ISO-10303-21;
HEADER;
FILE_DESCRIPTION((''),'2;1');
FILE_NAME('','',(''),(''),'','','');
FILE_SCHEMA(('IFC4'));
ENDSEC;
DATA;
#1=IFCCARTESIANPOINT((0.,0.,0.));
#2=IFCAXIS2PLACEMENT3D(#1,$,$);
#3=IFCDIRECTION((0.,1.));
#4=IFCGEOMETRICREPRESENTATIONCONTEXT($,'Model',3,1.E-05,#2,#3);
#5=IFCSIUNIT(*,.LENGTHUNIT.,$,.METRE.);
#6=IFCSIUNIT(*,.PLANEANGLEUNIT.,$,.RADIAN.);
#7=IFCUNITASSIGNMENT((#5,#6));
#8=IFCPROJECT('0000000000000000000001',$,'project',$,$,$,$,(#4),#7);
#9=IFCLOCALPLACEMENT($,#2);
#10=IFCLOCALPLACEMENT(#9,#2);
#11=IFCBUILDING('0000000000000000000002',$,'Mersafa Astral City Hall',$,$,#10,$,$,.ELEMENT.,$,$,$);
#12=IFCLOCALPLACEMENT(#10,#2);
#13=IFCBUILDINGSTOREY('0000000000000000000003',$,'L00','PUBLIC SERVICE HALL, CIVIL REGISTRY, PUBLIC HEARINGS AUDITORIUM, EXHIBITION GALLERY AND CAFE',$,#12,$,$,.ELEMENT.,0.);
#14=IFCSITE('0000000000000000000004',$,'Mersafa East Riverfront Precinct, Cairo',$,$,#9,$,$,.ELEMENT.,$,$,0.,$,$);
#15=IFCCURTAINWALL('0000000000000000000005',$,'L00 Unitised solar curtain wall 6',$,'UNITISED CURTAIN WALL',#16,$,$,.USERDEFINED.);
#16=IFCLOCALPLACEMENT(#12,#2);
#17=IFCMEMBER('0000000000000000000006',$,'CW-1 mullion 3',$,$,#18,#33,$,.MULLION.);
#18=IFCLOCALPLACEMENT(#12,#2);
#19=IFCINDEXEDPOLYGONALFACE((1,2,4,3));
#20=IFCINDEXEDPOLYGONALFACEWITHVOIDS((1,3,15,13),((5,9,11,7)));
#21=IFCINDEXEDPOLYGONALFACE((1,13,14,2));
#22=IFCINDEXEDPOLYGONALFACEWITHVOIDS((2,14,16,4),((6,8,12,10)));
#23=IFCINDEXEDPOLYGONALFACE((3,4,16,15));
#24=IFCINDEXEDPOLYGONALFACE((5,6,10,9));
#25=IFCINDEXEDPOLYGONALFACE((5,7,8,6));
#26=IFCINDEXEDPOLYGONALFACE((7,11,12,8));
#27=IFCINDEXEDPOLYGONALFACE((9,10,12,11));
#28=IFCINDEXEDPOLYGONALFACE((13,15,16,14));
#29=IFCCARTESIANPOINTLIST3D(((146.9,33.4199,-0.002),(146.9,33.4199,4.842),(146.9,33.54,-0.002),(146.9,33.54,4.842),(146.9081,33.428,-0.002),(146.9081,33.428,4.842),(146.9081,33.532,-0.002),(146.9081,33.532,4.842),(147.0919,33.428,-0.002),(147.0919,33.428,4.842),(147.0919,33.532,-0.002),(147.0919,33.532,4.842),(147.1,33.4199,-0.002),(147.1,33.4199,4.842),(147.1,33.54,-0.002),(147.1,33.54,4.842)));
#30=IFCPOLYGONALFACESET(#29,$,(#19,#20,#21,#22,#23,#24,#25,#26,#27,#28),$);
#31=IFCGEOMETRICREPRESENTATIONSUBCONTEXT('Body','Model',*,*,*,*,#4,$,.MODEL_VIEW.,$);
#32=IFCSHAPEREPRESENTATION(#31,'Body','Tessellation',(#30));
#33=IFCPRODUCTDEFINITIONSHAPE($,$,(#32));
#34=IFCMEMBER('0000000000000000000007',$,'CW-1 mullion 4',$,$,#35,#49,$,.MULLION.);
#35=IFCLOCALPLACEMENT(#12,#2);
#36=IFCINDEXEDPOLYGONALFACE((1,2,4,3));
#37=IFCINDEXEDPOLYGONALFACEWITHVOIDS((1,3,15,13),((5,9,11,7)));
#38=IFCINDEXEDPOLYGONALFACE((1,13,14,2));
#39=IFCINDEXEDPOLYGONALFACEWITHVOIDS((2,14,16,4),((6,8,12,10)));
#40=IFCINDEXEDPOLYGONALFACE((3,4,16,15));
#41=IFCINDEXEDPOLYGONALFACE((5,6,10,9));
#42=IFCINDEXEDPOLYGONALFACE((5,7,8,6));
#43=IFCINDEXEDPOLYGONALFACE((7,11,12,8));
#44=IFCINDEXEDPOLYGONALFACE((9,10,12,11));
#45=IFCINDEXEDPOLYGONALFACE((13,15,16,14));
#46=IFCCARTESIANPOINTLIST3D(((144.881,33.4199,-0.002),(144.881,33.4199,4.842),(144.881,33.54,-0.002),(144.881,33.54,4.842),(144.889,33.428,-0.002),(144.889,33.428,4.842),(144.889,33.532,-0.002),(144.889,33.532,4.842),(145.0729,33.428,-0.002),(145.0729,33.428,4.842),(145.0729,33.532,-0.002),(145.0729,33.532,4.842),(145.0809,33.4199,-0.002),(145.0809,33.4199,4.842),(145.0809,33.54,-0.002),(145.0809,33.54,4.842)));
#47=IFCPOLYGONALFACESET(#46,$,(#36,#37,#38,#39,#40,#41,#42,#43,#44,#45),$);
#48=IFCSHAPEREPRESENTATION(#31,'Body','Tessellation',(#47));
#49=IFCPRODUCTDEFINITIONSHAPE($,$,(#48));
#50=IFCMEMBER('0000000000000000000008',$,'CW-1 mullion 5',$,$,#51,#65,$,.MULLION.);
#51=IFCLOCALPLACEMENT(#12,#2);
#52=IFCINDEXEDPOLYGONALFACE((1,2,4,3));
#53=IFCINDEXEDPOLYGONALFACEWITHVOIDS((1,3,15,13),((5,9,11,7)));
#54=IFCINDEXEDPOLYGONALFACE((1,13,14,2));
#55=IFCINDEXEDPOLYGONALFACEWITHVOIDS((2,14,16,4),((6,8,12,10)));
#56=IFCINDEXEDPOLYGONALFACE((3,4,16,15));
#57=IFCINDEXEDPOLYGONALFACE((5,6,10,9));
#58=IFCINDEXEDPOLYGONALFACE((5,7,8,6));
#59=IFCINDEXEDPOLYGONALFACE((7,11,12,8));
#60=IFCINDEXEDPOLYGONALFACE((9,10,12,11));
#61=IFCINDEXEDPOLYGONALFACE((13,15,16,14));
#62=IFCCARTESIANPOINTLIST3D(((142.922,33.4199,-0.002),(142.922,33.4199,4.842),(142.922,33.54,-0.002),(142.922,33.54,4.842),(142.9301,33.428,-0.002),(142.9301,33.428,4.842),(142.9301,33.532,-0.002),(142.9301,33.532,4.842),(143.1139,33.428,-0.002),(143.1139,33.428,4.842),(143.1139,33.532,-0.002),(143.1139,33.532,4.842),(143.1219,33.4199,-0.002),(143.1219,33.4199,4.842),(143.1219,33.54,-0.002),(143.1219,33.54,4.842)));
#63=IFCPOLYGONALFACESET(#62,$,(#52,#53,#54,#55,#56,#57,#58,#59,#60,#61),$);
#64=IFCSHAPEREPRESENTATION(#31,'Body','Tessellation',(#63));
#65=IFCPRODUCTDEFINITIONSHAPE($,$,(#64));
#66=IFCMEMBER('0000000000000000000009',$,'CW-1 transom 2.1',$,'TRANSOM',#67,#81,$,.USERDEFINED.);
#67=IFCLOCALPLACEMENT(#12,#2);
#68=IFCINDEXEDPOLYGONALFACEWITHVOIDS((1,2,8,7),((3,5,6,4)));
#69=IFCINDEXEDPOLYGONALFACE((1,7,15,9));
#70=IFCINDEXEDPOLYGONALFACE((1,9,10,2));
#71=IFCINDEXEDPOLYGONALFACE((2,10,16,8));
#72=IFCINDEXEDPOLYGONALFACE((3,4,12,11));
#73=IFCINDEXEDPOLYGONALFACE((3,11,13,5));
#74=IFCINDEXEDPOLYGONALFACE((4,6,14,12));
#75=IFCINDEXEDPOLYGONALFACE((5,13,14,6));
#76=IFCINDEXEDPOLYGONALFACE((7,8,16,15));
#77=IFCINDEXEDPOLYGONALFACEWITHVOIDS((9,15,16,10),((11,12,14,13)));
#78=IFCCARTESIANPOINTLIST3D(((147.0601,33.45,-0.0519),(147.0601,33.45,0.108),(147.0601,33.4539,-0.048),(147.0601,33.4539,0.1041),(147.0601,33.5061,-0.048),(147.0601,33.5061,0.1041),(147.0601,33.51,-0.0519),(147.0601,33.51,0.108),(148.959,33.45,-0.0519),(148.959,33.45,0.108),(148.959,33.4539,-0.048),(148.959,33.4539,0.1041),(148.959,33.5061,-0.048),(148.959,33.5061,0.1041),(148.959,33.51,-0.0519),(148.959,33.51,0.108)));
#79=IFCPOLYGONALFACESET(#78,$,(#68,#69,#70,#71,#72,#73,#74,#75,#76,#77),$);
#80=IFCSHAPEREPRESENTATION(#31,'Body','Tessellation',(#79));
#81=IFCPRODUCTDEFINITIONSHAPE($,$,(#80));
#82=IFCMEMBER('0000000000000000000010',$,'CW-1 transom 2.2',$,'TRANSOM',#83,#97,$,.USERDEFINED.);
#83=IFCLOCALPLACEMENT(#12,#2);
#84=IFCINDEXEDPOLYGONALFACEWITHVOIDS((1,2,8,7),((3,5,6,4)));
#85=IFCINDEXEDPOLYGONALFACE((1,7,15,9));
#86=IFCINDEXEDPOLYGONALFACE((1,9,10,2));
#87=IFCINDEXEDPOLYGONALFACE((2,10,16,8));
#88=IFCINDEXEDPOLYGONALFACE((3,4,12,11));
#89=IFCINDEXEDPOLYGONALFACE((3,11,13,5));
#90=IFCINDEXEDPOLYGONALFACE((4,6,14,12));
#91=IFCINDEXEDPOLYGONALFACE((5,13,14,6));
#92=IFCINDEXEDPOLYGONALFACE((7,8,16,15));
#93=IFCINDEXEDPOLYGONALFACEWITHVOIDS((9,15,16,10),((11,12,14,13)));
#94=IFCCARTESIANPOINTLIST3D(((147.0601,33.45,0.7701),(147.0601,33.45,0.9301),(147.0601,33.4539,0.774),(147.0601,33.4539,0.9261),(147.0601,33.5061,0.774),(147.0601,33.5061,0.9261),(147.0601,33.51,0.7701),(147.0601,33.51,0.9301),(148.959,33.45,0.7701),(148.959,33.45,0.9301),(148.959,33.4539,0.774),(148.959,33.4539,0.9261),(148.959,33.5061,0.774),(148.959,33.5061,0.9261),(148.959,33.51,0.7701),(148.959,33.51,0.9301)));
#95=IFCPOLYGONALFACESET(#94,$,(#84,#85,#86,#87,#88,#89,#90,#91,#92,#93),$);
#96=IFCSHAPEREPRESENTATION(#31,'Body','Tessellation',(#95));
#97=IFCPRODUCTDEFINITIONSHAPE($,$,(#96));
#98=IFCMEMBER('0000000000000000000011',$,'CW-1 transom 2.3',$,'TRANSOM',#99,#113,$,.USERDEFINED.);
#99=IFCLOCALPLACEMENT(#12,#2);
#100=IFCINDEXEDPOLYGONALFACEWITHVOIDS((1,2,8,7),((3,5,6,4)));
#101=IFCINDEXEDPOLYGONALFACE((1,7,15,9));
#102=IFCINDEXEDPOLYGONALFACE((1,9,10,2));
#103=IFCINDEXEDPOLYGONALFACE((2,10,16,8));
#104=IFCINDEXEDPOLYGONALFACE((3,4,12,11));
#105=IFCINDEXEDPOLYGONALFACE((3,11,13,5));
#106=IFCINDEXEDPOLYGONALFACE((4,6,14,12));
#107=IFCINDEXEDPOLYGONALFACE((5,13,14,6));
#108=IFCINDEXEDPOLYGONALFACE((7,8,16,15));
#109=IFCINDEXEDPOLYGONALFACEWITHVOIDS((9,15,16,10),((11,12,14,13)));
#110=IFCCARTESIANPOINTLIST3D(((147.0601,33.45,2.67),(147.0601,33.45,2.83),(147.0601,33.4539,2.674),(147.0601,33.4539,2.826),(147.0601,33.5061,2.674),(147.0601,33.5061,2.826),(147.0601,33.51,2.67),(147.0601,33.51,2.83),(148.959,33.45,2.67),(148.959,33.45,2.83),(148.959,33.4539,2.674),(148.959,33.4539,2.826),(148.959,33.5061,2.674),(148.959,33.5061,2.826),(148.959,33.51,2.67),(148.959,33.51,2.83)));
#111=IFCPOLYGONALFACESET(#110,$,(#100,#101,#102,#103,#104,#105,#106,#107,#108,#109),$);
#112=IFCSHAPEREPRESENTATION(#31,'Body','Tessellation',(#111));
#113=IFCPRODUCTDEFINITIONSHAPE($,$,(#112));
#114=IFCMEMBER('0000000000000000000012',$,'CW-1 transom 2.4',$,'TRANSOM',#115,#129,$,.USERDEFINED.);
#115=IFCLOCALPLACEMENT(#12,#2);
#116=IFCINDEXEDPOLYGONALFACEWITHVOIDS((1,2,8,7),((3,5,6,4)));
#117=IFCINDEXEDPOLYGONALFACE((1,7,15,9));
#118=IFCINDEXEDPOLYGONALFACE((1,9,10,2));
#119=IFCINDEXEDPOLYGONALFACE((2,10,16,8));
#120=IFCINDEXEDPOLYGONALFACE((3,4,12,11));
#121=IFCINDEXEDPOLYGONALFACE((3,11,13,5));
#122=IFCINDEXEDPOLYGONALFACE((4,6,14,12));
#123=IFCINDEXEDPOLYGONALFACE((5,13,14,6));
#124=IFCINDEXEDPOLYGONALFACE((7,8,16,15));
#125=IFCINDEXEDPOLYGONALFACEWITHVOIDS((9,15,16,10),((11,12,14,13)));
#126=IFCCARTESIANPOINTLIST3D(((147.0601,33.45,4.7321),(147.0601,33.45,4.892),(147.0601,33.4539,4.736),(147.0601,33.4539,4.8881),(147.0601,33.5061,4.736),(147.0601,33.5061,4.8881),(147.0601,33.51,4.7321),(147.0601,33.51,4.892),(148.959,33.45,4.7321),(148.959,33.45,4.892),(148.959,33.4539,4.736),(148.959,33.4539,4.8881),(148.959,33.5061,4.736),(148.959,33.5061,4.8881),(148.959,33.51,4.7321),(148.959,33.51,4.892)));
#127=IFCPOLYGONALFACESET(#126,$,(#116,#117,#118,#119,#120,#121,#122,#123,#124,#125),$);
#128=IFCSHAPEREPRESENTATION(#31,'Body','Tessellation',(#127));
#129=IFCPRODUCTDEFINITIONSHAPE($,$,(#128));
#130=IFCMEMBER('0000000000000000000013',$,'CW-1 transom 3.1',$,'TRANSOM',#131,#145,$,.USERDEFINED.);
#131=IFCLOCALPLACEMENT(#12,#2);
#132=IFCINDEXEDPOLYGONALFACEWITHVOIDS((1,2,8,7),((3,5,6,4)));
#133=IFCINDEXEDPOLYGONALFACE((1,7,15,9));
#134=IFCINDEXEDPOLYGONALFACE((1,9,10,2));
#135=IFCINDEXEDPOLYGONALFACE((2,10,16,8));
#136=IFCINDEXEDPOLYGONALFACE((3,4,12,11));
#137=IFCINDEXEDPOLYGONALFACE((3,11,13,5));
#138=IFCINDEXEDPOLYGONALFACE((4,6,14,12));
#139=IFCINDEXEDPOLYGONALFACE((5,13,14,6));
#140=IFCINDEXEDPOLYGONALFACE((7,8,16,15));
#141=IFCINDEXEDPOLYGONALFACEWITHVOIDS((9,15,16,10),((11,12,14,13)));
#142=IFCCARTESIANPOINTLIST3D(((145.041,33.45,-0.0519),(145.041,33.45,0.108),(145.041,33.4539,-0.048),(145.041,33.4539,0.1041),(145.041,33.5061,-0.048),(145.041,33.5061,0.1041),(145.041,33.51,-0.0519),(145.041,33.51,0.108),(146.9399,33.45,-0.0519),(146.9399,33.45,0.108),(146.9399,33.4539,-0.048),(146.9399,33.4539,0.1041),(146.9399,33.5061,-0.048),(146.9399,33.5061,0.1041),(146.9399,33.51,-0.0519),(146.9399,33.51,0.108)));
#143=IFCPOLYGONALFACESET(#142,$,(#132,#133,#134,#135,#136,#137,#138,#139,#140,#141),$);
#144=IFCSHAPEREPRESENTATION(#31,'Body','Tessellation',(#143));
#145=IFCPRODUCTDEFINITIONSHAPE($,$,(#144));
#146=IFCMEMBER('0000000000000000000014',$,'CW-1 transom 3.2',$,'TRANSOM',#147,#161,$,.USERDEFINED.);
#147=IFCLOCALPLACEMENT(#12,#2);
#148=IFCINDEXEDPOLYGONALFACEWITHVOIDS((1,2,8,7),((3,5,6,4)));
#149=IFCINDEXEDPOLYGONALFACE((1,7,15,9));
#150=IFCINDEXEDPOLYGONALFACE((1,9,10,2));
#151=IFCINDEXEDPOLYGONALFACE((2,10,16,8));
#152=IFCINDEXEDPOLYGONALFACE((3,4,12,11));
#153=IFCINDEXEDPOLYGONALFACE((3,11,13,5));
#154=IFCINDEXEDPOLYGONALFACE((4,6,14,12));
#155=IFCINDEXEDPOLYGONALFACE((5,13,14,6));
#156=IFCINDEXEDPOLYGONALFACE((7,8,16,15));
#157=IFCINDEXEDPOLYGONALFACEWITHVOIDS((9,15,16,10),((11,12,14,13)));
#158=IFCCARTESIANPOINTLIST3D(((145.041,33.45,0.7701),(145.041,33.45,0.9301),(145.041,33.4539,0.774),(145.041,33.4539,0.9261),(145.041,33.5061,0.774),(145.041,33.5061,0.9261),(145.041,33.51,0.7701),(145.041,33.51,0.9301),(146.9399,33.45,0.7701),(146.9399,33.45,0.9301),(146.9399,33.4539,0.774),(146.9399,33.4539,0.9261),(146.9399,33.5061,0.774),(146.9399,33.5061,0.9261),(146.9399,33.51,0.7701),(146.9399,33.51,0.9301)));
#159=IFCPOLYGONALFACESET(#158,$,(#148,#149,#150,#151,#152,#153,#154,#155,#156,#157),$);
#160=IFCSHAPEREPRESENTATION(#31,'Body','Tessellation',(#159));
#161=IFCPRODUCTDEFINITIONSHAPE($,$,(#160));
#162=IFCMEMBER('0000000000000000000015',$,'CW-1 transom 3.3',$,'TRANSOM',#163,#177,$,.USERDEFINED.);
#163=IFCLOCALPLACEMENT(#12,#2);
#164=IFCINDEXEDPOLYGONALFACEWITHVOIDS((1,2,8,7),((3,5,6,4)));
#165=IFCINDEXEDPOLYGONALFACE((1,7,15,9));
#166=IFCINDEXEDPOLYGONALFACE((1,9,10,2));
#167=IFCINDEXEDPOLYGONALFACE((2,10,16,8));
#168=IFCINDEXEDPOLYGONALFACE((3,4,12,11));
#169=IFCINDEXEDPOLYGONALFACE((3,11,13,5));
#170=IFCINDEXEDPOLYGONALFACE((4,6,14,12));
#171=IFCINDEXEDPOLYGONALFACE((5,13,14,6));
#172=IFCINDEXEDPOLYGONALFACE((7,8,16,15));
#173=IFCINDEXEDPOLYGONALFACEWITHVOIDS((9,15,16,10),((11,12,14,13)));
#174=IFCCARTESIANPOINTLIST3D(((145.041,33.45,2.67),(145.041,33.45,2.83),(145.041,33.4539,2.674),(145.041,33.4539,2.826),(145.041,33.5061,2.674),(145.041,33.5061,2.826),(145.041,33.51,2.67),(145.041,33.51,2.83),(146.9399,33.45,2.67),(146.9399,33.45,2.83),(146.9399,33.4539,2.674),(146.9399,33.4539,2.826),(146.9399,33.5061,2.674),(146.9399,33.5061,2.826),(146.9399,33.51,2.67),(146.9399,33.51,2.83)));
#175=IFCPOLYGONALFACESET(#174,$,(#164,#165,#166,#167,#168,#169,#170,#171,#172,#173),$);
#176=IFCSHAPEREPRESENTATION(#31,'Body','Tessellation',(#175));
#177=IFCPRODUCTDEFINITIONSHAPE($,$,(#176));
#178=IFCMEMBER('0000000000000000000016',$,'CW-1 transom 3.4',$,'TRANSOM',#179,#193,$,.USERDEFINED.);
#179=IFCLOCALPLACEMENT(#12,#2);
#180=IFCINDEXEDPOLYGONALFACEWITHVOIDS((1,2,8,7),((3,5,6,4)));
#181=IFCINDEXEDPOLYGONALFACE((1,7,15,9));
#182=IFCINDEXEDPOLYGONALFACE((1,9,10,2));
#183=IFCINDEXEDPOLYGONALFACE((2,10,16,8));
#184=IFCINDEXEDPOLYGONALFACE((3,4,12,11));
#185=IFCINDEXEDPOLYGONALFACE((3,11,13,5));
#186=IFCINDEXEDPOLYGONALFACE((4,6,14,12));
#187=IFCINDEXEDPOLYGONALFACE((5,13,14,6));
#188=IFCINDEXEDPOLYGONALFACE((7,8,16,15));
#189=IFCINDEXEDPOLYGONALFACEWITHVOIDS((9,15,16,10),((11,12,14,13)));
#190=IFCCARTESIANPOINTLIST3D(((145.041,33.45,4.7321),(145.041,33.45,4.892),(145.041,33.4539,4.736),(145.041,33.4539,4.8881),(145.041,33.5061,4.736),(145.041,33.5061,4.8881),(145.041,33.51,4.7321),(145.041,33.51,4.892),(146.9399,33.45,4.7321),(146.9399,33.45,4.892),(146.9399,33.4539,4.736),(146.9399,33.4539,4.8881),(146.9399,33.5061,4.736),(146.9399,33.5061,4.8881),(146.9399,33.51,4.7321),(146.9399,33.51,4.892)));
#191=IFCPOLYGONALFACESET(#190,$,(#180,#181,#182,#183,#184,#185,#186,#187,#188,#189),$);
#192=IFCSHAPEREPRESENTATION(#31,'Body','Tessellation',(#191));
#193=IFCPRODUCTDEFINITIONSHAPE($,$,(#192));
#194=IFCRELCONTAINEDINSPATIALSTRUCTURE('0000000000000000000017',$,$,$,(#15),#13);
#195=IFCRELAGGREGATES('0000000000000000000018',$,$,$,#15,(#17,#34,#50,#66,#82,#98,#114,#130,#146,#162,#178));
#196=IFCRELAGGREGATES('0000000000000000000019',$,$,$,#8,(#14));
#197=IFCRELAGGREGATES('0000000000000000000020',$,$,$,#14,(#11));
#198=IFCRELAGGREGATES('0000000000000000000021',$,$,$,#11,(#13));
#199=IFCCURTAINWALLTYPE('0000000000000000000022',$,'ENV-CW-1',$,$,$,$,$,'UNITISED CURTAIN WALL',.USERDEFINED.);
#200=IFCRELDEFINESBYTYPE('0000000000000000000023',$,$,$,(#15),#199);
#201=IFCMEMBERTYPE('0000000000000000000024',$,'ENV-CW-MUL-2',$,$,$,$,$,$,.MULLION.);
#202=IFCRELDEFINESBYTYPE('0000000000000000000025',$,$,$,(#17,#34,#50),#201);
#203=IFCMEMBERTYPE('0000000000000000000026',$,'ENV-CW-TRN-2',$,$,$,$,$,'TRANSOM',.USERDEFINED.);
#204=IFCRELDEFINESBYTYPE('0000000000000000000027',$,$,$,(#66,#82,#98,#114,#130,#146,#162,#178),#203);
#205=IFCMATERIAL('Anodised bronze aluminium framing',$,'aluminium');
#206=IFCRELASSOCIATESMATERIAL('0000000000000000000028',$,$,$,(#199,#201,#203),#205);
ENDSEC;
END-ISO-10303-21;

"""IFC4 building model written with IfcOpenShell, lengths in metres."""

from ifc_helpers import new_model, si_unit, direction, frame, origin, origin_2d, place, context, subcontext, project, spatial, hollow_rectangle, extrude, material, material_profile, profile_set, type_object, element, aggregate, save


model = new_model("IFC4")

# Units and contexts
model_context = context("Model", 3, precision=1e-05, world=origin(), true_north=direction((0.0, 1.0)))
body_context = subcontext(model_context, "Body", "Model", "MODEL_VIEW")
ifc_project = project(units=[si_unit("LENGTHUNIT", "METRE"), si_unit("PLANEANGLEUNIT", "RADIAN")], contexts=[model_context])

# Site, building, storey
site_placement = place(None, origin())
site = spatial("IfcSite", under=ifc_project, at=site_placement, Name="Mersafa East Riverfront Precinct, Cairo", CompositionType="ELEMENT", RefElevation=0.0)
building_placement = place(site_placement, origin())
building = spatial("IfcBuilding", under=site, at=building_placement, Name="Mersafa Astral City Hall", CompositionType="ELEMENT")
storey_placement = place(building_placement, origin())
storey = spatial("IfcBuildingStorey", under=building, at=storey_placement, Name="L00", Description="PUBLIC SERVICE HALL, CIVIL REGISTRY, PUBLIC HEARINGS AUDITORIUM, EXHIBITION GALLERY AND CAFE", CompositionType="ELEMENT", Elevation=0.0)

# Curtain wall, members
ifc_material_1 = material(Name="Anodised bronze aluminium framing", Category="aluminium")
curtain_wall_type = type_object("IfcCurtainWallType", Name="ENV-CW-1", ElementType="UNITISED CURTAIN WALL", PredefinedType="USERDEFINED", material=ifc_material_1)
curtain_wall_placement = place(storey_placement, origin())
curtain_wall = element("IfcCurtainWall", 1, at=curtain_wall_placement, inside=storey, type_object=curtain_wall_type, Name="L00 Unitised solar curtain wall 6", ObjectType="UNITISED CURTAIN WALL", PredefinedType="USERDEFINED")
ifc_material_profile_1 = material_profile(ifc_material_1, hollow_rectangle(XDim=0.1201, YDim=0.2, WallThickness=0.0081, at=origin_2d()), Name="RHS 120x200x8")
ifc_profile_set_1 = profile_set([ifc_material_profile_1], Name="Anodised bronze aluminium framing")
member_type_1 = type_object("IfcMemberType", Name="ENV-CW-MUL-2", PredefinedType="MULLION", material=ifc_profile_set_1)
member_1_placement = place(storey_placement, frame((147.0, 33.48, -0.002), z_axis=(0.0, 0.0, 1.0), x_axis=(0.0, -1.0, 0.0)))
member_1 = element("IfcMember", 2, at=member_1_placement, type_object=member_type_1, Name="CW-1 mullion 3", PredefinedType="MULLION", context=body_context, shape_type="SweptSolid", body=[
    extrude(hollow_rectangle(XDim=0.1201, YDim=0.2, WallThickness=0.0081, at=origin_2d()), origin(), (0.0, 0.0, 1.0), 4.844),
])
member_2_placement = place(storey_placement, frame((144.981, 33.48, -0.002), z_axis=(0.0, 0.0, 1.0), x_axis=(0.0, -1.0, 0.0)))
member_2 = element("IfcMember", 3, at=member_2_placement, type_object=member_type_1, Name="CW-1 mullion 4", PredefinedType="MULLION", context=body_context, shape_type="SweptSolid", body=[
    extrude(hollow_rectangle(XDim=0.1201, YDim=0.2, WallThickness=0.0081, at=origin_2d()), origin(), (0.0, 0.0, 1.0), 4.844),
])
member_3_placement = place(storey_placement, frame((143.022, 33.48, -0.002), z_axis=(0.0, 0.0, 1.0), x_axis=(0.0, -1.0, 0.0)))
member_3 = element("IfcMember", 4, at=member_3_placement, type_object=member_type_1, Name="CW-1 mullion 5", PredefinedType="MULLION", context=body_context, shape_type="SweptSolid", body=[
    extrude(hollow_rectangle(XDim=0.1201, YDim=0.2, WallThickness=0.0081, at=origin_2d()), origin(), (0.0, 0.0, 1.0), 4.844),
])
ifc_material_profile_2 = material_profile(ifc_material_1, hollow_rectangle(XDim=0.0601, YDim=0.1599, WallThickness=0.0039, at=origin_2d()), Name="RHS 60x160x4")
ifc_profile_set_2 = profile_set([ifc_material_profile_2], Name="Anodised bronze aluminium framing")
member_type_2 = type_object("IfcMemberType", Name="ENV-CW-TRN-2", ElementType="TRANSOM", PredefinedType="USERDEFINED", material=ifc_profile_set_2)
member_4_placement = place(storey_placement, frame((148.959, 33.48, 0.0281), z_axis=(-1.0, 0.0, 0.0), x_axis=(0.0, -1.0, 0.0)))
member_4 = element("IfcMember", 5, at=member_4_placement, type_object=member_type_2, Name="CW-1 transom 2.1", ObjectType="TRANSOM", PredefinedType="USERDEFINED", context=body_context, shape_type="SweptSolid", body=[
    extrude(hollow_rectangle(XDim=0.0601, YDim=0.1599, WallThickness=0.0039, at=origin_2d()), origin(), (0.0, 0.0, 1.0), 1.8989),
])
member_5_placement = place(storey_placement, frame((148.959, 33.48, 0.8501), z_axis=(-1.0, 0.0, 0.0), x_axis=(0.0, -1.0, 0.0)))
member_5 = element("IfcMember", 6, at=member_5_placement, type_object=member_type_2, Name="CW-1 transom 2.2", ObjectType="TRANSOM", PredefinedType="USERDEFINED", context=body_context, shape_type="SweptSolid", body=[
    extrude(hollow_rectangle(XDim=0.0601, YDim=0.1599, WallThickness=0.0039, at=origin_2d()), origin(), (0.0, 0.0, 1.0), 1.8989),
])
member_6_placement = place(storey_placement, frame((148.959, 33.48, 2.75), z_axis=(-1.0, 0.0, 0.0), x_axis=(0.0, -1.0, 0.0)))
member_6 = element("IfcMember", 7, at=member_6_placement, type_object=member_type_2, Name="CW-1 transom 2.3", ObjectType="TRANSOM", PredefinedType="USERDEFINED", context=body_context, shape_type="SweptSolid", body=[
    extrude(hollow_rectangle(XDim=0.0601, YDim=0.1599, WallThickness=0.0039, at=origin_2d()), origin(), (0.0, 0.0, 1.0), 1.8989),
])
member_7_placement = place(storey_placement, frame((148.959, 33.48, 4.812), z_axis=(-1.0, 0.0, 0.0), x_axis=(0.0, -1.0, 0.0)))
member_7 = element("IfcMember", 8, at=member_7_placement, type_object=member_type_2, Name="CW-1 transom 2.4", ObjectType="TRANSOM", PredefinedType="USERDEFINED", context=body_context, shape_type="SweptSolid", body=[
    extrude(hollow_rectangle(XDim=0.0601, YDim=0.1599, WallThickness=0.0039, at=origin_2d()), origin(), (0.0, 0.0, 1.0), 1.8989),
])
member_8_placement = place(storey_placement, frame((146.9399, 33.48, 0.0281), z_axis=(-1.0, 0.0, 0.0), x_axis=(0.0, -1.0, 0.0)))
member_8 = element("IfcMember", 9, at=member_8_placement, type_object=member_type_2, Name="CW-1 transom 3.1", ObjectType="TRANSOM", PredefinedType="USERDEFINED", context=body_context, shape_type="SweptSolid", body=[
    extrude(hollow_rectangle(XDim=0.0601, YDim=0.1599, WallThickness=0.0039, at=origin_2d()), origin(), (0.0, 0.0, 1.0), 1.8989),
])
member_9_placement = place(storey_placement, frame((146.9399, 33.48, 0.8501), z_axis=(-1.0, 0.0, 0.0), x_axis=(0.0, -1.0, 0.0)))
member_9 = element("IfcMember", 10, at=member_9_placement, type_object=member_type_2, Name="CW-1 transom 3.2", ObjectType="TRANSOM", PredefinedType="USERDEFINED", context=body_context, shape_type="SweptSolid", body=[
    extrude(hollow_rectangle(XDim=0.0601, YDim=0.1599, WallThickness=0.0039, at=origin_2d()), origin(), (0.0, 0.0, 1.0), 1.8989),
])
member_10_placement = place(storey_placement, frame((146.9399, 33.48, 2.75), z_axis=(-1.0, 0.0, 0.0), x_axis=(0.0, -1.0, 0.0)))
member_10 = element("IfcMember", 11, at=member_10_placement, type_object=member_type_2, Name="CW-1 transom 3.3", ObjectType="TRANSOM", PredefinedType="USERDEFINED", context=body_context, shape_type="SweptSolid", body=[
    extrude(hollow_rectangle(XDim=0.0601, YDim=0.1599, WallThickness=0.0039, at=origin_2d()), origin(), (0.0, 0.0, 1.0), 1.8989),
])
member_11_placement = place(storey_placement, frame((146.9399, 33.48, 4.812), z_axis=(-1.0, 0.0, 0.0), x_axis=(0.0, -1.0, 0.0)))
member_11 = element("IfcMember", 12, at=member_11_placement, type_object=member_type_2, Name="CW-1 transom 3.4", ObjectType="TRANSOM", PredefinedType="USERDEFINED", context=body_context, shape_type="SweptSolid", body=[
    extrude(hollow_rectangle(XDim=0.0601, YDim=0.1599, WallThickness=0.0039, at=origin_2d()), origin(), (0.0, 0.0, 1.0), 1.8989),
])
aggregate(curtain_wall, [member_1, member_2, member_3, member_4, member_5, member_6, member_7, member_8, member_9, member_10, member_11])

save(model, "model.ifc")
